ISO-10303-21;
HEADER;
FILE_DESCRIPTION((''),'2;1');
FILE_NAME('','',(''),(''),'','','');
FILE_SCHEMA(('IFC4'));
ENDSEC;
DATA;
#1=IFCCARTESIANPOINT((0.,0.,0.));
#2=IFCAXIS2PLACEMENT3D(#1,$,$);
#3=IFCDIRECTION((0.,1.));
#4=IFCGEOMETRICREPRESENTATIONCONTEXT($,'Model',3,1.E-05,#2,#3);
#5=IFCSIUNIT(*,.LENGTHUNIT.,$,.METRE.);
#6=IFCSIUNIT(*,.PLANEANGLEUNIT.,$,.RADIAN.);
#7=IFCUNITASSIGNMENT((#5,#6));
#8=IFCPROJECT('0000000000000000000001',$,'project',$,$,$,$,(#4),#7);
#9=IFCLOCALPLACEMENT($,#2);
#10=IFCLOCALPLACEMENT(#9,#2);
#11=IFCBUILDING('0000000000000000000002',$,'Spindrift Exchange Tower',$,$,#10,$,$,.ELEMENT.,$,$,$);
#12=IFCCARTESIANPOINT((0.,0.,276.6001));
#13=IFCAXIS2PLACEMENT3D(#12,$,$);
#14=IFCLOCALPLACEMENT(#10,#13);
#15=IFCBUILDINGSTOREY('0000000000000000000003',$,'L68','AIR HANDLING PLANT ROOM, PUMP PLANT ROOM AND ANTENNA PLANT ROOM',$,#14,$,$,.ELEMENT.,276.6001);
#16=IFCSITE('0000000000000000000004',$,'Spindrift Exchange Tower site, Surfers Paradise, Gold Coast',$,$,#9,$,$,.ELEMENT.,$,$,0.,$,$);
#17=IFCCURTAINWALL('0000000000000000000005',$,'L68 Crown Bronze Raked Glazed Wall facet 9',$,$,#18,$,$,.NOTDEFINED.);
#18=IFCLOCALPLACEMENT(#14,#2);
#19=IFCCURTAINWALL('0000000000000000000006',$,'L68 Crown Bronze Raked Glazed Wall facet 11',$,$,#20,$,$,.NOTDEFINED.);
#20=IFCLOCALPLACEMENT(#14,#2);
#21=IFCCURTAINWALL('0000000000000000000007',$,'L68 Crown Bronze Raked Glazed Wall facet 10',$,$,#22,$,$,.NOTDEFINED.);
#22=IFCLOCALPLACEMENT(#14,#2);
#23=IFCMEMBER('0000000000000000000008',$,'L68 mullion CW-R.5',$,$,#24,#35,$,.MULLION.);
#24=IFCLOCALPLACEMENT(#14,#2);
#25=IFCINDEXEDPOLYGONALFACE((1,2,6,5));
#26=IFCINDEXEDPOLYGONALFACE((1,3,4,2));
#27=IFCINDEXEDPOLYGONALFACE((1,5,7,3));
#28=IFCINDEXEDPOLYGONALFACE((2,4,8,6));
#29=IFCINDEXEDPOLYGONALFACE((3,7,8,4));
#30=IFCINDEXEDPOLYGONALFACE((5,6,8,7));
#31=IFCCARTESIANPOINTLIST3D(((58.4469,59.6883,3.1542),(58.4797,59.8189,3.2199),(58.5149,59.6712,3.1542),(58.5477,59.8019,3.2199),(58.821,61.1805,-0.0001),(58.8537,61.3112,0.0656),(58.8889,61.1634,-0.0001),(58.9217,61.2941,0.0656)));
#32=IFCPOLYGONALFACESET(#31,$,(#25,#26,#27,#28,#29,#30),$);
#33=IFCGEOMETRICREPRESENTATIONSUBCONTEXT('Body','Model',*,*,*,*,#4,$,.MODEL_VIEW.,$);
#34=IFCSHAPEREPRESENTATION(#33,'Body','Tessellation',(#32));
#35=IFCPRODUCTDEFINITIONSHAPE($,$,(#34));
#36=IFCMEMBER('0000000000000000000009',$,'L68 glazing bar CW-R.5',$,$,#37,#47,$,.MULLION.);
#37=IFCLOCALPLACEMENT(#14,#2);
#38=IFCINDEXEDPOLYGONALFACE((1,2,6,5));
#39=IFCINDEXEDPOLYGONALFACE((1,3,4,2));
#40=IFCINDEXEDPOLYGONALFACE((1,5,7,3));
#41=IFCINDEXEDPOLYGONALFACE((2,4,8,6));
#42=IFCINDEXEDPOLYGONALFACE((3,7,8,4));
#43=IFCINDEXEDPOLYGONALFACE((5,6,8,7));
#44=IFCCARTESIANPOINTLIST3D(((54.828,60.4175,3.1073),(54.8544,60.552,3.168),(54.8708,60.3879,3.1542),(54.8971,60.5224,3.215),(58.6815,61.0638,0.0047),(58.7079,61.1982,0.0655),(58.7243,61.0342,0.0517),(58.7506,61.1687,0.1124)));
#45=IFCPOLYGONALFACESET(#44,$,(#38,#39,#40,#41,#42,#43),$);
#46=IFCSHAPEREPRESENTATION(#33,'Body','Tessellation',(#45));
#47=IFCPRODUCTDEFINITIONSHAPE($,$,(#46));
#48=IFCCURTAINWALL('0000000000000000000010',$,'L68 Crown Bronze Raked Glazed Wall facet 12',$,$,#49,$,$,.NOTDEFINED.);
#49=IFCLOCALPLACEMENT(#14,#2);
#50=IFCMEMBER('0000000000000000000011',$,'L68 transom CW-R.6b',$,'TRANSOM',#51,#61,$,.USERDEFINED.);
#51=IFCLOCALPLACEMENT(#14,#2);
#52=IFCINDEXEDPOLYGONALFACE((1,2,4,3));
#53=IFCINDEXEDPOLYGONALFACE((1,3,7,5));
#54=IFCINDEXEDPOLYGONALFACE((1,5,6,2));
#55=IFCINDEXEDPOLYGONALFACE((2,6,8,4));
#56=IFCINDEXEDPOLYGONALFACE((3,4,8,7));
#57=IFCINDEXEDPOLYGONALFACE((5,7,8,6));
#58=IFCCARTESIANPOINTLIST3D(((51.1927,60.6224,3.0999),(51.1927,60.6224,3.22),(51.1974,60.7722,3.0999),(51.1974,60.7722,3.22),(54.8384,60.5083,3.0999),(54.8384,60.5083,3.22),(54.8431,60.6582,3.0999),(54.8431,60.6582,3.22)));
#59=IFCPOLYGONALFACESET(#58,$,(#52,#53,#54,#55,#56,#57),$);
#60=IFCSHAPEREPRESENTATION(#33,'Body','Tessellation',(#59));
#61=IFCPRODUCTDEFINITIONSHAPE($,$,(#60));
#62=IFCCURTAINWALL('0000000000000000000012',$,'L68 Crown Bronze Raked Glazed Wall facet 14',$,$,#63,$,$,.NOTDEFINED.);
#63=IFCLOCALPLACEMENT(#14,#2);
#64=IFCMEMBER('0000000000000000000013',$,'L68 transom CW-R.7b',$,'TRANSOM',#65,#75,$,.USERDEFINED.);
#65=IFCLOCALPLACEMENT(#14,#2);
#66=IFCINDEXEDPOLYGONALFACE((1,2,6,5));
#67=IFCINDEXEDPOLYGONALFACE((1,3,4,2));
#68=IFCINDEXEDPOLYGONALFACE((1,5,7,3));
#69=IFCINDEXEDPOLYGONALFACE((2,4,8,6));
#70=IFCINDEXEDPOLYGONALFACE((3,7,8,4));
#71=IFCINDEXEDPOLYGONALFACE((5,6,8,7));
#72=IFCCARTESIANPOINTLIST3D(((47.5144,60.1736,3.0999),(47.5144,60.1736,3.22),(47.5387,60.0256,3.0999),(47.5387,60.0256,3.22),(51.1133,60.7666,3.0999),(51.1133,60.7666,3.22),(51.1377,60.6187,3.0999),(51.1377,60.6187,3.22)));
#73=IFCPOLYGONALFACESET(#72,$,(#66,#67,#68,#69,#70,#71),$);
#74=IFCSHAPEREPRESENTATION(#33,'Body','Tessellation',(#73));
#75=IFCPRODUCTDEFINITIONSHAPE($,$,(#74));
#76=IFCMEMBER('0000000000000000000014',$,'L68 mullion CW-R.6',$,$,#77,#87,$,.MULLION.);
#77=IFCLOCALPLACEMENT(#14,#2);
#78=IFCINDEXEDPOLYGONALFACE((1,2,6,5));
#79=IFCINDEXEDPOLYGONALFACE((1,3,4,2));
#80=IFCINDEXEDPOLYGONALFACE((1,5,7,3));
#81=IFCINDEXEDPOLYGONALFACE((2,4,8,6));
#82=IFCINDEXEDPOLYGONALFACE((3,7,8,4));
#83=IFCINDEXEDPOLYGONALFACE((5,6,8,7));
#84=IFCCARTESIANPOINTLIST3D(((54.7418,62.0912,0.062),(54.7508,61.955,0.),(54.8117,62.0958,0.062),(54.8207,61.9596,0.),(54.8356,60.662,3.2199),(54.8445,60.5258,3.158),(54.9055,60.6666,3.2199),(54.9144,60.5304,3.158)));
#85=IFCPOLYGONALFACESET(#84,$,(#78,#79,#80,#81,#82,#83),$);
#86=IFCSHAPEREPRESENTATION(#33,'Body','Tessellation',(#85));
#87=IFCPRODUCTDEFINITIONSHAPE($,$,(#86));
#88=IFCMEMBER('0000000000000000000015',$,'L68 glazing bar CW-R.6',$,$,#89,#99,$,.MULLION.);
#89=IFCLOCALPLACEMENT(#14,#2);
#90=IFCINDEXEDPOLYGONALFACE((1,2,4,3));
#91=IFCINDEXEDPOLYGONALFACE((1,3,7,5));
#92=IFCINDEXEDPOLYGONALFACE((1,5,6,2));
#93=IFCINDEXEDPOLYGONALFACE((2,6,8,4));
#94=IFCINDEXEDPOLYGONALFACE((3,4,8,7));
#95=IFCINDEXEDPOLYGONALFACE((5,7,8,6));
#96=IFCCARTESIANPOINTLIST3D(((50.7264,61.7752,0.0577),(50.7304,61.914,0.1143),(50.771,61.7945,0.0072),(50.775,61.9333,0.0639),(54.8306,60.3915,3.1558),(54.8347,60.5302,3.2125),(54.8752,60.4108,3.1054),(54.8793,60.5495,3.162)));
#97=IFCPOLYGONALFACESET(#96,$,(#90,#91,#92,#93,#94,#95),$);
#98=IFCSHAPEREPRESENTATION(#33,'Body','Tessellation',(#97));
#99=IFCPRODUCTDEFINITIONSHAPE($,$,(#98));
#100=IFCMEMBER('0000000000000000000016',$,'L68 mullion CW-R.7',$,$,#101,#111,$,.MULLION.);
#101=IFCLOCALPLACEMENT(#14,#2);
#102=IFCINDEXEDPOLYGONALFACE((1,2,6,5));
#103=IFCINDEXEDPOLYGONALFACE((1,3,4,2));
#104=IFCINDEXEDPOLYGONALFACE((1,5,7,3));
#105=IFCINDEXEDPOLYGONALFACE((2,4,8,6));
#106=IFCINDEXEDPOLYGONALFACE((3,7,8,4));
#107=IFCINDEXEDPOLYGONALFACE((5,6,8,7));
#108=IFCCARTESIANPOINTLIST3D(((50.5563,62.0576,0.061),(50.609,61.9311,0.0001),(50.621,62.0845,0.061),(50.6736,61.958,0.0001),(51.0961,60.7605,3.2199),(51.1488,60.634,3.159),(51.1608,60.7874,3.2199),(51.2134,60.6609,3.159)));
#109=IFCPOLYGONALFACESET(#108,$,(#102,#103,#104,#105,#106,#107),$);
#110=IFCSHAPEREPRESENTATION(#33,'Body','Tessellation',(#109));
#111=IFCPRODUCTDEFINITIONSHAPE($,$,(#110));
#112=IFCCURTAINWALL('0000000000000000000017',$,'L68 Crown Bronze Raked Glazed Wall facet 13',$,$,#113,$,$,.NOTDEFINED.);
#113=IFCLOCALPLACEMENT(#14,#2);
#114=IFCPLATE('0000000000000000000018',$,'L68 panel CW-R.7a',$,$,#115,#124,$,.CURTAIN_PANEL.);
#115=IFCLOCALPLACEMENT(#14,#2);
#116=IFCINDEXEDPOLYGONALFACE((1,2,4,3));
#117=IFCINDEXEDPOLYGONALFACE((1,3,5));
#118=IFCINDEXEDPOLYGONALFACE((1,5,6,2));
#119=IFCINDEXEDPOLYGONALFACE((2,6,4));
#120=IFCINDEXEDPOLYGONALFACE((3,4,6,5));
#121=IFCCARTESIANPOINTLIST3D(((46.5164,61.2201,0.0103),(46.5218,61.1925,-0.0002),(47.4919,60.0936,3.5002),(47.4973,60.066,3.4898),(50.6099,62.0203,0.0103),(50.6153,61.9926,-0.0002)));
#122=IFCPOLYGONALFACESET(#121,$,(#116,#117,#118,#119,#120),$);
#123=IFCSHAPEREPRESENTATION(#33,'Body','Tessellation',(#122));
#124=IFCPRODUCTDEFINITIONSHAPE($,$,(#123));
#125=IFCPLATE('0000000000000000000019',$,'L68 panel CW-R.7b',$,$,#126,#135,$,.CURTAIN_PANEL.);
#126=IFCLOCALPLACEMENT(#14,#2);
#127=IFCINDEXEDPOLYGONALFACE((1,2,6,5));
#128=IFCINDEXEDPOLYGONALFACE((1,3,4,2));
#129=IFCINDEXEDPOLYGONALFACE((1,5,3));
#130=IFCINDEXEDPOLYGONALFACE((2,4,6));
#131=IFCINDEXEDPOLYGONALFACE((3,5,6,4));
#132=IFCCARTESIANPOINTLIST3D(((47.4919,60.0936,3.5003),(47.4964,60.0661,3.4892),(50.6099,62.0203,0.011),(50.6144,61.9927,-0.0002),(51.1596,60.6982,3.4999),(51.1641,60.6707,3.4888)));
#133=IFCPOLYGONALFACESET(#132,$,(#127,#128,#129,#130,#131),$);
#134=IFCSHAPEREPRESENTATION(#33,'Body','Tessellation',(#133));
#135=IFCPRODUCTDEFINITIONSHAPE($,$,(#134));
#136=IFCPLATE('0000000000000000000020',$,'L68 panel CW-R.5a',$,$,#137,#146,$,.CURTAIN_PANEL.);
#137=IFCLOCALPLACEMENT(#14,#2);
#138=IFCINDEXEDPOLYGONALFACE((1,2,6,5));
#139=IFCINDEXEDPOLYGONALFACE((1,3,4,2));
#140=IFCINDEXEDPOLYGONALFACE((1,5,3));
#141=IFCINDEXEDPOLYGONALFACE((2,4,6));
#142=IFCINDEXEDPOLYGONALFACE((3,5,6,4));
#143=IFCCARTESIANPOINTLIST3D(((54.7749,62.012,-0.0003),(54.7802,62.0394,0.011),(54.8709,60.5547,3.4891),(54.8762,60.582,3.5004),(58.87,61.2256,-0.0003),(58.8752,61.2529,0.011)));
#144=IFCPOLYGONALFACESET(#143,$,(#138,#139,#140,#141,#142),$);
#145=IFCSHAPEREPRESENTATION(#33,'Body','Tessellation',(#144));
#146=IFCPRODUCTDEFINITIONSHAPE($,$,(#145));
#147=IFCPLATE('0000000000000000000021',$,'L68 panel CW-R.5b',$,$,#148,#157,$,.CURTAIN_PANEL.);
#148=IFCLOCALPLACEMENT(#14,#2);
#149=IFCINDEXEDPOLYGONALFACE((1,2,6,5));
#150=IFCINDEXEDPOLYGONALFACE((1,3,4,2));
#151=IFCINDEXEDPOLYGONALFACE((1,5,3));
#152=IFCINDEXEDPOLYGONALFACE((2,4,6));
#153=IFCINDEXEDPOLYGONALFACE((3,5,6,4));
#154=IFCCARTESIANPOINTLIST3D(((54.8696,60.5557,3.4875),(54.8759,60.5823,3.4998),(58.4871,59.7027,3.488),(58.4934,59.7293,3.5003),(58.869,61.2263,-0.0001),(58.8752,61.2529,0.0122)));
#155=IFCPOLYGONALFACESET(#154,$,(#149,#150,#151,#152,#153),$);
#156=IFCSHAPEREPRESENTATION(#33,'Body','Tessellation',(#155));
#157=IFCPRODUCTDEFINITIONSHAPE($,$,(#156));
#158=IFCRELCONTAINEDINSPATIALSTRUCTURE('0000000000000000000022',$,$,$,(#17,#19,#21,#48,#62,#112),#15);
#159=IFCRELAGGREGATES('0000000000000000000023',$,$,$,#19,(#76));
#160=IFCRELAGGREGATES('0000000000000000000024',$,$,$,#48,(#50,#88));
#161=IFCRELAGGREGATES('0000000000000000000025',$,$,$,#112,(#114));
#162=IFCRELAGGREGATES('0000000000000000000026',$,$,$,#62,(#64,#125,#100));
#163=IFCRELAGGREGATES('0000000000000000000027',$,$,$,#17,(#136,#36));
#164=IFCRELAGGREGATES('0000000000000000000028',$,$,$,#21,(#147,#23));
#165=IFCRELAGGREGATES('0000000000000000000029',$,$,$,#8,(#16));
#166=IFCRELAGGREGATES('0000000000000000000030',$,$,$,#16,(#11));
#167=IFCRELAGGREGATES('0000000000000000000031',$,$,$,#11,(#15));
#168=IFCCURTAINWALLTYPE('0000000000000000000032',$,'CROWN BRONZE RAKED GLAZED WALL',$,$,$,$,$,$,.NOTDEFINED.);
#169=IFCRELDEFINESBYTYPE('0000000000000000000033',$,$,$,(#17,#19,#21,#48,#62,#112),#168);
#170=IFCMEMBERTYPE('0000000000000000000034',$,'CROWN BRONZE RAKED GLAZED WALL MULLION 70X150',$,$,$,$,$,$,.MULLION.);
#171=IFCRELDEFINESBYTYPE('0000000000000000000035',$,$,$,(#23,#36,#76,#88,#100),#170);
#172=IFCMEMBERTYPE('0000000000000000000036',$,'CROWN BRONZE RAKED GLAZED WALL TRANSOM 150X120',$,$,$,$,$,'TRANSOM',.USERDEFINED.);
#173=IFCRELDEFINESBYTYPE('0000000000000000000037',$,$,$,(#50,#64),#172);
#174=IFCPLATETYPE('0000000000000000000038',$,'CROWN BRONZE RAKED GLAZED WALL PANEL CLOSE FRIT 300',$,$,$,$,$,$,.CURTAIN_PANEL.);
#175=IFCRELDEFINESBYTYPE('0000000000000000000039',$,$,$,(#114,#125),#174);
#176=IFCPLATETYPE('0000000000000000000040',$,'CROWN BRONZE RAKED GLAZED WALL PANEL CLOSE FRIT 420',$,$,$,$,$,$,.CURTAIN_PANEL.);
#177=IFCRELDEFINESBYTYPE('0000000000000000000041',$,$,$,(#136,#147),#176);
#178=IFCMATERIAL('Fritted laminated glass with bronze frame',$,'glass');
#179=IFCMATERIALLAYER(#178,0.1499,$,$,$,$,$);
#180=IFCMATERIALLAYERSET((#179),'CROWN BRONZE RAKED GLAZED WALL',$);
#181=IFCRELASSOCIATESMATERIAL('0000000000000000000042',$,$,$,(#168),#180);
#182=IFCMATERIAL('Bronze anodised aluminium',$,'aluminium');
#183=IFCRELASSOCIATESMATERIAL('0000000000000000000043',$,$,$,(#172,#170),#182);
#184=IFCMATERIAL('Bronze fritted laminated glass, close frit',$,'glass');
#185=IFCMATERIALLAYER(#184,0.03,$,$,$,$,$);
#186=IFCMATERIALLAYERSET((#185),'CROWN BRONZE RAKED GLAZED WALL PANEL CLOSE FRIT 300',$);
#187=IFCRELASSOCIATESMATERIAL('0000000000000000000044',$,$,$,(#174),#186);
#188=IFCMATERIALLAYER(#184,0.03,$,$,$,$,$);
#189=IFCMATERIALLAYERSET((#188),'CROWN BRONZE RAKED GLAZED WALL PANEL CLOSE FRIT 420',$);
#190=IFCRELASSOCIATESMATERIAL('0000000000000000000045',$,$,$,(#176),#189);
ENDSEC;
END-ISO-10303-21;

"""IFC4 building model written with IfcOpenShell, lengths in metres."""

from ifc_helpers import new_model, si_unit, direction, frame, origin, origin_2d, place, context, subcontext, project, spatial, line, indexed_curve, rectangle, outline, extrude, source, transform, mapped, material, layer, layer_set, material_profile, profile_set, type_object, element, aggregate, save


model = new_model("IFC4")

# Units and contexts
model_context = context("Model", 3, precision=1e-05, world=origin(), true_north=direction((0.0, 1.0)))
body_context = subcontext(model_context, "Body", "Model", "MODEL_VIEW")
ifc_project = project(units=[si_unit("LENGTHUNIT", "METRE"), si_unit("PLANEANGLEUNIT", "RADIAN")], contexts=[model_context])

# Site, building, storey
site_placement = place(None, origin())
site = spatial("IfcSite", under=ifc_project, at=site_placement, Name="Spindrift Exchange Tower site, Surfers Paradise, Gold Coast", CompositionType="ELEMENT", RefElevation=0.0)
building_placement = place(site_placement, origin())
building = spatial("IfcBuilding", under=site, at=building_placement, Name="Spindrift Exchange Tower", CompositionType="ELEMENT")
storey_placement = place(building_placement, frame((0.0, 0.0, 276.6001)))
storey = spatial("IfcBuildingStorey", under=building, at=storey_placement, Name="L68", Description="AIR HANDLING PLANT ROOM, PUMP PLANT ROOM AND ANTENNA PLANT ROOM", CompositionType="ELEMENT", Elevation=276.6001)

# Curtain walls
ifc_material_1 = material(Name="Fritted laminated glass with bronze frame", Category="glass")
ifc_layer_1 = layer(ifc_material_1, 0.1499)
ifc_layer_set_1 = layer_set([ifc_layer_1], Name="CROWN BRONZE RAKED GLAZED WALL")
curtain_wall_type = type_object("IfcCurtainWallType", Name="CROWN BRONZE RAKED GLAZED WALL", PredefinedType="NOTDEFINED", material=ifc_layer_set_1)
curtain_wall_1_placement = place(storey_placement, origin())
curtain_wall_1 = element("IfcCurtainWall", 1, at=curtain_wall_1_placement, inside=storey, type_object=curtain_wall_type, Name="L68 Crown Bronze Raked Glazed Wall facet 9", PredefinedType="NOTDEFINED")
ifc_material_2 = material(Name="Bronze anodised aluminium", Category="aluminium")
ifc_material_profile_1 = material_profile(ifc_material_2, rectangle(XDim=0.1499, YDim=0.1201, at=origin_2d()), Name="CROWN BRONZE RAKED GLAZED WALL TRANSOM 150X120")
ifc_profile_set_1 = profile_set([ifc_material_profile_1], Name="Bronze anodised aluminium")
member_type_1 = type_object("IfcMemberType", Name="CROWN BRONZE RAKED GLAZED WALL TRANSOM 150X120", ElementType="TRANSOM", PredefinedType="USERDEFINED", material=ifc_profile_set_1)
curtain_wall_2_placement = place(storey_placement, origin())
curtain_wall_2 = element("IfcCurtainWall", 2, at=curtain_wall_2_placement, inside=storey, type_object=curtain_wall_type, Name="L68 Crown Bronze Raked Glazed Wall facet 11", PredefinedType="NOTDEFINED")

# Curtain wall, member
curtain_wall_3_placement = place(storey_placement, origin())
curtain_wall_3 = element("IfcCurtainWall", 3, at=curtain_wall_3_placement, inside=storey, type_object=curtain_wall_type, Name="L68 Crown Bronze Raked Glazed Wall facet 10", PredefinedType="NOTDEFINED")
ifc_material_profile_2 = material_profile(ifc_material_2, rectangle(XDim=0.0701, YDim=0.1499, at=origin_2d()), Name="CROWN BRONZE RAKED GLAZED WALL MULLION 70X150")
ifc_profile_set_2 = profile_set([ifc_material_profile_2], Name="Bronze anodised aluminium")
member_type_2 = type_object("IfcMemberType", Name="CROWN BRONZE RAKED GLAZED WALL MULLION 70X150", PredefinedType="MULLION", material=ifc_profile_set_2)
shared_shape_1 = source(origin(), body_context, "Body", "SweptSolid", [
    extrude(rectangle(XDim=0.0701, YDim=0.1499, at=origin_2d()), origin(), (0.0, 0.0, 1.0), 3.5095),
])
member_1_placement = place(storey_placement, frame((58.8713, 61.2373, 0.0327), z_axis=(-0.106577, -0.425194, 0.898806), x_axis=(0.969993, -0.243133, 0.0)))
member_1 = element("IfcMember", 4, at=member_1_placement, type_object=member_type_2, Name="L68 mullion CW-R.5", PredefinedType="MULLION", context=body_context, shape_type="MappedRepresentation", body=[
    mapped(shared_shape_1, transform((0.0, 0.0, 0.0), scale=1.0)),
])

# Member
shared_shape_2 = source(origin(), body_context, "Body", "SweptSolid", [
    extrude(rectangle(XDim=0.0701, YDim=0.1499, at=origin_2d()), origin(), (0.0, 0.0, 1.0), 4.9893),
])
member_2_placement = place(storey_placement, frame((58.7161, 61.1162, 0.0586), z_axis=(-0.772358, -0.129526, 0.621841), x_axis=(0.610361, -0.422367, 0.670124)))
member_2 = element("IfcMember", 5, at=member_2_placement, type_object=member_type_2, Name="L68 glazing bar CW-R.5", PredefinedType="MULLION", context=body_context, shape_type="MappedRepresentation", body=[
    mapped(shared_shape_2, transform((0.0, 0.0, 0.0), scale=1.0)),
])

# Curtain walls, members
curtain_wall_4_placement = place(storey_placement, origin())
curtain_wall_4 = element("IfcCurtainWall", 6, at=curtain_wall_4_placement, inside=storey, type_object=curtain_wall_type, Name="L68 Crown Bronze Raked Glazed Wall facet 12", PredefinedType="NOTDEFINED")
shared_shape_3 = source(origin(), body_context, "Body", "SweptSolid", [
    extrude(rectangle(XDim=0.1499, YDim=0.1201, at=origin_2d()), origin(), (0.0, 0.0, 1.0), 3.6475),
])
member_3_placement = place(storey_placement, frame((51.1951, 60.6973, 3.1599), z_axis=(0.999511, -0.031258, 0.0), x_axis=(0.031258, 0.999511, 0.0)))
member_3 = element("IfcMember", 7, at=member_3_placement, type_object=member_type_1, Name="L68 transom CW-R.6b", ObjectType="TRANSOM", PredefinedType="USERDEFINED", context=body_context, shape_type="MappedRepresentation", body=[
    mapped(shared_shape_3, transform((0.0, 0.0, 0.0), scale=1.0)),
])
curtain_wall_5_placement = place(storey_placement, origin())
curtain_wall_5 = element("IfcCurtainWall", 8, at=curtain_wall_5_placement, inside=storey, type_object=curtain_wall_type, Name="L68 Crown Bronze Raked Glazed Wall facet 14", PredefinedType="NOTDEFINED")
member_4_placement = place(storey_placement, frame((51.1255, 60.6926, 3.1599), z_axis=(-0.986694, -0.162586, 0.0), x_axis=(0.162586, -0.986694, 0.0)))
member_4 = element("IfcMember", 9, at=member_4_placement, type_object=member_type_1, Name="L68 transom CW-R.7b", ObjectType="TRANSOM", PredefinedType="USERDEFINED", context=body_context, shape_type="MappedRepresentation", body=[
    mapped(shared_shape_3, transform((0.0, 0.0, 0.0), scale=1.0)),
])

# Members
shared_shape_4 = source(origin(), body_context, "Body", "SweptSolid", [
    extrude(rectangle(XDim=0.0701, YDim=0.1499, at=origin_2d()), origin(), (0.0, 0.0, 1.0), 3.4675),
])
member_5_placement = place(storey_placement, frame((54.7812, 62.0254, 0.031), z_axis=(0.027036, -0.412161, 0.91071), x_axis=(0.997855, 0.065456, 0.0)))
member_5 = element("IfcMember", 10, at=member_5_placement, type_object=member_type_2, Name="L68 mullion CW-R.6", PredefinedType="MULLION", context=body_context, shape_type="MappedRepresentation", body=[
    mapped(shared_shape_4, transform((0.0, 0.0, 0.0), scale=1.0)),
])
aggregate(curtain_wall_2, [member_5])
shared_shape_5 = source(origin(), body_context, "Body", "SweptSolid", [
    extrude(rectangle(XDim=0.0701, YDim=0.1499, at=origin_2d()), origin(), (0.0, 0.0, 1.0), 5.3252),
])
member_6_placement = place(storey_placement, frame((50.7507, 61.8542, 0.0608), z_axis=(0.770715, -0.259855, 0.581785), x_axis=(0.636613, 0.275538, -0.72028)))
member_6 = element("IfcMember", 11, at=member_6_placement, type_object=member_type_2, Name="L68 glazing bar CW-R.6", PredefinedType="MULLION", context=body_context, shape_type="MappedRepresentation", body=[
    mapped(shared_shape_5, transform((0.0, 0.0, 0.0), scale=1.0)),
])
aggregate(curtain_wall_4, [member_3, member_6])
shared_shape_6 = source(origin(), body_context, "Body", "SweptSolid", [
    extrude(rectangle(XDim=0.0701, YDim=0.1499, at=origin_2d()), origin(), (0.0, 0.0, 1.0), 3.4573),
])
member_7_placement = place(storey_placement, frame((50.615, 62.0078, 0.0305), z_axis=(0.156133, -0.375185, 0.913706), x_axis=(0.923246, 0.384208, 0.0)))
member_7 = element("IfcMember", 12, at=member_7_placement, type_object=member_type_2, Name="L68 mullion CW-R.7", PredefinedType="MULLION", context=body_context, shape_type="MappedRepresentation", body=[
    mapped(shared_shape_6, transform((0.0, 0.0, 0.0), scale=1.0)),
])

# Curtain wall, plate
curtain_wall_6_placement = place(storey_placement, origin())
curtain_wall_6 = element("IfcCurtainWall", 13, at=curtain_wall_6_placement, inside=storey, type_object=curtain_wall_type, Name="L68 Crown Bronze Raked Glazed Wall facet 13", PredefinedType="NOTDEFINED")
ifc_material_3 = material(Name="Bronze fritted laminated glass, close frit", Category="glass")
ifc_layer_2 = layer(ifc_material_3, 0.03)
ifc_layer_set_2 = layer_set([ifc_layer_2], Name="CROWN BRONZE RAKED GLAZED WALL PANEL CLOSE FRIT 300")
plate_type_1 = type_object("IfcPlateType", Name="CROWN BRONZE RAKED GLAZED WALL PANEL CLOSE FRIT 300", PredefinedType="CURTAIN_PANEL", material=ifc_layer_set_2)
plate_1_placement = place(storey_placement, frame((50.6099, 62.0203, 0.0103), z_axis=(-0.179892, 0.920319, 0.34735), x_axis=(-0.981427, -0.191836, 0.0)))
plate_1 = element("IfcPlate", 14, at=plate_1_placement, type_object=plate_type_1, Name="L68 panel CW-R.7a", PredefinedType="CURTAIN_PANEL", context=body_context, shape_type="SweptSolid", body=[
    extrude(outline(indexed_curve([(0.0, 0.0), (4.1709, 0.0), (3.4297, 3.7217)], segments=[line(1, 2, 3, 1)], self_intersect=False)), origin(), (0.0, 0.0, -1.0), 0.03),
])
aggregate(curtain_wall_6, [plate_1])

# Plates
plate_2_placement = place(storey_placement, frame((50.6099, 62.0203, 0.011), z_axis=(-0.151004, 0.916273, 0.371001), x_axis=(-0.61613, -0.380727, 0.689515)))
plate_2 = element("IfcPlate", 15, at=plate_2_placement, type_object=plate_type_1, Name="L68 panel CW-R.7b", PredefinedType="CURTAIN_PANEL", context=body_context, shape_type="SweptSolid", body=[
    extrude(outline(indexed_curve([(0.0, 0.0), (5.0605, 0.0), (2.5703, 2.7598)], segments=[line(1, 2, 3, 1)], self_intersect=False)), origin(), (0.0, 0.0, -1.0), 0.03),
])
aggregate(curtain_wall_5, [member_4, plate_2, member_7])
ifc_layer_3 = layer(ifc_material_3, 0.03)
ifc_layer_set_3 = layer_set([ifc_layer_3], Name="CROWN BRONZE RAKED GLAZED WALL PANEL CLOSE FRIT 420")
plate_type_2 = type_object("IfcPlateType", Name="CROWN BRONZE RAKED GLAZED WALL PANEL CLOSE FRIT 420", PredefinedType="CURTAIN_PANEL", material=ifc_layer_set_3)
plate_3_placement = place(storey_placement, frame((58.8752, 61.2529, 0.011), z_axis=(0.17481, 0.910248, 0.375354), x_axis=(-0.982054, 0.1886, 0.0)))
plate_3 = element("IfcPlate", 16, at=plate_3_placement, type_object=plate_type_2, Name="L68 panel CW-R.5a", PredefinedType="CURTAIN_PANEL", context=body_context, shape_type="SweptSolid", body=[
    extrude(outline(indexed_curve([(0.0, 0.0), (4.1699, 0.0), (3.8008, 3.7646)], segments=[line(1, 2, 3, 1)], self_intersect=False)), origin(), (0.0, 0.0, -1.0), 0.03),
])
aggregate(curtain_wall_1, [plate_3, member_2])
plate_4_placement = place(storey_placement, frame((58.8752, 61.2529, 0.0122), z_axis=(0.20921, 0.887509, 0.41056), x_axis=(-0.747728, -0.125382, 0.65206)))
plate_4 = element("IfcPlate", 17, at=plate_4_placement, type_object=plate_type_2, Name="L68 panel CW-R.5b", PredefinedType="CURTAIN_PANEL", context=body_context, shape_type="SweptSolid", body=[
    extrude(outline(indexed_curve([(0.0, 0.0), (5.3486, 0.0), (2.751, 2.6582)], segments=[line(1, 2, 3, 1)], self_intersect=False)), origin(), (0.0, 0.0, -1.0), 0.03),
])
aggregate(curtain_wall_3, [plate_4, member_1])

save(model, "model.ifc")
